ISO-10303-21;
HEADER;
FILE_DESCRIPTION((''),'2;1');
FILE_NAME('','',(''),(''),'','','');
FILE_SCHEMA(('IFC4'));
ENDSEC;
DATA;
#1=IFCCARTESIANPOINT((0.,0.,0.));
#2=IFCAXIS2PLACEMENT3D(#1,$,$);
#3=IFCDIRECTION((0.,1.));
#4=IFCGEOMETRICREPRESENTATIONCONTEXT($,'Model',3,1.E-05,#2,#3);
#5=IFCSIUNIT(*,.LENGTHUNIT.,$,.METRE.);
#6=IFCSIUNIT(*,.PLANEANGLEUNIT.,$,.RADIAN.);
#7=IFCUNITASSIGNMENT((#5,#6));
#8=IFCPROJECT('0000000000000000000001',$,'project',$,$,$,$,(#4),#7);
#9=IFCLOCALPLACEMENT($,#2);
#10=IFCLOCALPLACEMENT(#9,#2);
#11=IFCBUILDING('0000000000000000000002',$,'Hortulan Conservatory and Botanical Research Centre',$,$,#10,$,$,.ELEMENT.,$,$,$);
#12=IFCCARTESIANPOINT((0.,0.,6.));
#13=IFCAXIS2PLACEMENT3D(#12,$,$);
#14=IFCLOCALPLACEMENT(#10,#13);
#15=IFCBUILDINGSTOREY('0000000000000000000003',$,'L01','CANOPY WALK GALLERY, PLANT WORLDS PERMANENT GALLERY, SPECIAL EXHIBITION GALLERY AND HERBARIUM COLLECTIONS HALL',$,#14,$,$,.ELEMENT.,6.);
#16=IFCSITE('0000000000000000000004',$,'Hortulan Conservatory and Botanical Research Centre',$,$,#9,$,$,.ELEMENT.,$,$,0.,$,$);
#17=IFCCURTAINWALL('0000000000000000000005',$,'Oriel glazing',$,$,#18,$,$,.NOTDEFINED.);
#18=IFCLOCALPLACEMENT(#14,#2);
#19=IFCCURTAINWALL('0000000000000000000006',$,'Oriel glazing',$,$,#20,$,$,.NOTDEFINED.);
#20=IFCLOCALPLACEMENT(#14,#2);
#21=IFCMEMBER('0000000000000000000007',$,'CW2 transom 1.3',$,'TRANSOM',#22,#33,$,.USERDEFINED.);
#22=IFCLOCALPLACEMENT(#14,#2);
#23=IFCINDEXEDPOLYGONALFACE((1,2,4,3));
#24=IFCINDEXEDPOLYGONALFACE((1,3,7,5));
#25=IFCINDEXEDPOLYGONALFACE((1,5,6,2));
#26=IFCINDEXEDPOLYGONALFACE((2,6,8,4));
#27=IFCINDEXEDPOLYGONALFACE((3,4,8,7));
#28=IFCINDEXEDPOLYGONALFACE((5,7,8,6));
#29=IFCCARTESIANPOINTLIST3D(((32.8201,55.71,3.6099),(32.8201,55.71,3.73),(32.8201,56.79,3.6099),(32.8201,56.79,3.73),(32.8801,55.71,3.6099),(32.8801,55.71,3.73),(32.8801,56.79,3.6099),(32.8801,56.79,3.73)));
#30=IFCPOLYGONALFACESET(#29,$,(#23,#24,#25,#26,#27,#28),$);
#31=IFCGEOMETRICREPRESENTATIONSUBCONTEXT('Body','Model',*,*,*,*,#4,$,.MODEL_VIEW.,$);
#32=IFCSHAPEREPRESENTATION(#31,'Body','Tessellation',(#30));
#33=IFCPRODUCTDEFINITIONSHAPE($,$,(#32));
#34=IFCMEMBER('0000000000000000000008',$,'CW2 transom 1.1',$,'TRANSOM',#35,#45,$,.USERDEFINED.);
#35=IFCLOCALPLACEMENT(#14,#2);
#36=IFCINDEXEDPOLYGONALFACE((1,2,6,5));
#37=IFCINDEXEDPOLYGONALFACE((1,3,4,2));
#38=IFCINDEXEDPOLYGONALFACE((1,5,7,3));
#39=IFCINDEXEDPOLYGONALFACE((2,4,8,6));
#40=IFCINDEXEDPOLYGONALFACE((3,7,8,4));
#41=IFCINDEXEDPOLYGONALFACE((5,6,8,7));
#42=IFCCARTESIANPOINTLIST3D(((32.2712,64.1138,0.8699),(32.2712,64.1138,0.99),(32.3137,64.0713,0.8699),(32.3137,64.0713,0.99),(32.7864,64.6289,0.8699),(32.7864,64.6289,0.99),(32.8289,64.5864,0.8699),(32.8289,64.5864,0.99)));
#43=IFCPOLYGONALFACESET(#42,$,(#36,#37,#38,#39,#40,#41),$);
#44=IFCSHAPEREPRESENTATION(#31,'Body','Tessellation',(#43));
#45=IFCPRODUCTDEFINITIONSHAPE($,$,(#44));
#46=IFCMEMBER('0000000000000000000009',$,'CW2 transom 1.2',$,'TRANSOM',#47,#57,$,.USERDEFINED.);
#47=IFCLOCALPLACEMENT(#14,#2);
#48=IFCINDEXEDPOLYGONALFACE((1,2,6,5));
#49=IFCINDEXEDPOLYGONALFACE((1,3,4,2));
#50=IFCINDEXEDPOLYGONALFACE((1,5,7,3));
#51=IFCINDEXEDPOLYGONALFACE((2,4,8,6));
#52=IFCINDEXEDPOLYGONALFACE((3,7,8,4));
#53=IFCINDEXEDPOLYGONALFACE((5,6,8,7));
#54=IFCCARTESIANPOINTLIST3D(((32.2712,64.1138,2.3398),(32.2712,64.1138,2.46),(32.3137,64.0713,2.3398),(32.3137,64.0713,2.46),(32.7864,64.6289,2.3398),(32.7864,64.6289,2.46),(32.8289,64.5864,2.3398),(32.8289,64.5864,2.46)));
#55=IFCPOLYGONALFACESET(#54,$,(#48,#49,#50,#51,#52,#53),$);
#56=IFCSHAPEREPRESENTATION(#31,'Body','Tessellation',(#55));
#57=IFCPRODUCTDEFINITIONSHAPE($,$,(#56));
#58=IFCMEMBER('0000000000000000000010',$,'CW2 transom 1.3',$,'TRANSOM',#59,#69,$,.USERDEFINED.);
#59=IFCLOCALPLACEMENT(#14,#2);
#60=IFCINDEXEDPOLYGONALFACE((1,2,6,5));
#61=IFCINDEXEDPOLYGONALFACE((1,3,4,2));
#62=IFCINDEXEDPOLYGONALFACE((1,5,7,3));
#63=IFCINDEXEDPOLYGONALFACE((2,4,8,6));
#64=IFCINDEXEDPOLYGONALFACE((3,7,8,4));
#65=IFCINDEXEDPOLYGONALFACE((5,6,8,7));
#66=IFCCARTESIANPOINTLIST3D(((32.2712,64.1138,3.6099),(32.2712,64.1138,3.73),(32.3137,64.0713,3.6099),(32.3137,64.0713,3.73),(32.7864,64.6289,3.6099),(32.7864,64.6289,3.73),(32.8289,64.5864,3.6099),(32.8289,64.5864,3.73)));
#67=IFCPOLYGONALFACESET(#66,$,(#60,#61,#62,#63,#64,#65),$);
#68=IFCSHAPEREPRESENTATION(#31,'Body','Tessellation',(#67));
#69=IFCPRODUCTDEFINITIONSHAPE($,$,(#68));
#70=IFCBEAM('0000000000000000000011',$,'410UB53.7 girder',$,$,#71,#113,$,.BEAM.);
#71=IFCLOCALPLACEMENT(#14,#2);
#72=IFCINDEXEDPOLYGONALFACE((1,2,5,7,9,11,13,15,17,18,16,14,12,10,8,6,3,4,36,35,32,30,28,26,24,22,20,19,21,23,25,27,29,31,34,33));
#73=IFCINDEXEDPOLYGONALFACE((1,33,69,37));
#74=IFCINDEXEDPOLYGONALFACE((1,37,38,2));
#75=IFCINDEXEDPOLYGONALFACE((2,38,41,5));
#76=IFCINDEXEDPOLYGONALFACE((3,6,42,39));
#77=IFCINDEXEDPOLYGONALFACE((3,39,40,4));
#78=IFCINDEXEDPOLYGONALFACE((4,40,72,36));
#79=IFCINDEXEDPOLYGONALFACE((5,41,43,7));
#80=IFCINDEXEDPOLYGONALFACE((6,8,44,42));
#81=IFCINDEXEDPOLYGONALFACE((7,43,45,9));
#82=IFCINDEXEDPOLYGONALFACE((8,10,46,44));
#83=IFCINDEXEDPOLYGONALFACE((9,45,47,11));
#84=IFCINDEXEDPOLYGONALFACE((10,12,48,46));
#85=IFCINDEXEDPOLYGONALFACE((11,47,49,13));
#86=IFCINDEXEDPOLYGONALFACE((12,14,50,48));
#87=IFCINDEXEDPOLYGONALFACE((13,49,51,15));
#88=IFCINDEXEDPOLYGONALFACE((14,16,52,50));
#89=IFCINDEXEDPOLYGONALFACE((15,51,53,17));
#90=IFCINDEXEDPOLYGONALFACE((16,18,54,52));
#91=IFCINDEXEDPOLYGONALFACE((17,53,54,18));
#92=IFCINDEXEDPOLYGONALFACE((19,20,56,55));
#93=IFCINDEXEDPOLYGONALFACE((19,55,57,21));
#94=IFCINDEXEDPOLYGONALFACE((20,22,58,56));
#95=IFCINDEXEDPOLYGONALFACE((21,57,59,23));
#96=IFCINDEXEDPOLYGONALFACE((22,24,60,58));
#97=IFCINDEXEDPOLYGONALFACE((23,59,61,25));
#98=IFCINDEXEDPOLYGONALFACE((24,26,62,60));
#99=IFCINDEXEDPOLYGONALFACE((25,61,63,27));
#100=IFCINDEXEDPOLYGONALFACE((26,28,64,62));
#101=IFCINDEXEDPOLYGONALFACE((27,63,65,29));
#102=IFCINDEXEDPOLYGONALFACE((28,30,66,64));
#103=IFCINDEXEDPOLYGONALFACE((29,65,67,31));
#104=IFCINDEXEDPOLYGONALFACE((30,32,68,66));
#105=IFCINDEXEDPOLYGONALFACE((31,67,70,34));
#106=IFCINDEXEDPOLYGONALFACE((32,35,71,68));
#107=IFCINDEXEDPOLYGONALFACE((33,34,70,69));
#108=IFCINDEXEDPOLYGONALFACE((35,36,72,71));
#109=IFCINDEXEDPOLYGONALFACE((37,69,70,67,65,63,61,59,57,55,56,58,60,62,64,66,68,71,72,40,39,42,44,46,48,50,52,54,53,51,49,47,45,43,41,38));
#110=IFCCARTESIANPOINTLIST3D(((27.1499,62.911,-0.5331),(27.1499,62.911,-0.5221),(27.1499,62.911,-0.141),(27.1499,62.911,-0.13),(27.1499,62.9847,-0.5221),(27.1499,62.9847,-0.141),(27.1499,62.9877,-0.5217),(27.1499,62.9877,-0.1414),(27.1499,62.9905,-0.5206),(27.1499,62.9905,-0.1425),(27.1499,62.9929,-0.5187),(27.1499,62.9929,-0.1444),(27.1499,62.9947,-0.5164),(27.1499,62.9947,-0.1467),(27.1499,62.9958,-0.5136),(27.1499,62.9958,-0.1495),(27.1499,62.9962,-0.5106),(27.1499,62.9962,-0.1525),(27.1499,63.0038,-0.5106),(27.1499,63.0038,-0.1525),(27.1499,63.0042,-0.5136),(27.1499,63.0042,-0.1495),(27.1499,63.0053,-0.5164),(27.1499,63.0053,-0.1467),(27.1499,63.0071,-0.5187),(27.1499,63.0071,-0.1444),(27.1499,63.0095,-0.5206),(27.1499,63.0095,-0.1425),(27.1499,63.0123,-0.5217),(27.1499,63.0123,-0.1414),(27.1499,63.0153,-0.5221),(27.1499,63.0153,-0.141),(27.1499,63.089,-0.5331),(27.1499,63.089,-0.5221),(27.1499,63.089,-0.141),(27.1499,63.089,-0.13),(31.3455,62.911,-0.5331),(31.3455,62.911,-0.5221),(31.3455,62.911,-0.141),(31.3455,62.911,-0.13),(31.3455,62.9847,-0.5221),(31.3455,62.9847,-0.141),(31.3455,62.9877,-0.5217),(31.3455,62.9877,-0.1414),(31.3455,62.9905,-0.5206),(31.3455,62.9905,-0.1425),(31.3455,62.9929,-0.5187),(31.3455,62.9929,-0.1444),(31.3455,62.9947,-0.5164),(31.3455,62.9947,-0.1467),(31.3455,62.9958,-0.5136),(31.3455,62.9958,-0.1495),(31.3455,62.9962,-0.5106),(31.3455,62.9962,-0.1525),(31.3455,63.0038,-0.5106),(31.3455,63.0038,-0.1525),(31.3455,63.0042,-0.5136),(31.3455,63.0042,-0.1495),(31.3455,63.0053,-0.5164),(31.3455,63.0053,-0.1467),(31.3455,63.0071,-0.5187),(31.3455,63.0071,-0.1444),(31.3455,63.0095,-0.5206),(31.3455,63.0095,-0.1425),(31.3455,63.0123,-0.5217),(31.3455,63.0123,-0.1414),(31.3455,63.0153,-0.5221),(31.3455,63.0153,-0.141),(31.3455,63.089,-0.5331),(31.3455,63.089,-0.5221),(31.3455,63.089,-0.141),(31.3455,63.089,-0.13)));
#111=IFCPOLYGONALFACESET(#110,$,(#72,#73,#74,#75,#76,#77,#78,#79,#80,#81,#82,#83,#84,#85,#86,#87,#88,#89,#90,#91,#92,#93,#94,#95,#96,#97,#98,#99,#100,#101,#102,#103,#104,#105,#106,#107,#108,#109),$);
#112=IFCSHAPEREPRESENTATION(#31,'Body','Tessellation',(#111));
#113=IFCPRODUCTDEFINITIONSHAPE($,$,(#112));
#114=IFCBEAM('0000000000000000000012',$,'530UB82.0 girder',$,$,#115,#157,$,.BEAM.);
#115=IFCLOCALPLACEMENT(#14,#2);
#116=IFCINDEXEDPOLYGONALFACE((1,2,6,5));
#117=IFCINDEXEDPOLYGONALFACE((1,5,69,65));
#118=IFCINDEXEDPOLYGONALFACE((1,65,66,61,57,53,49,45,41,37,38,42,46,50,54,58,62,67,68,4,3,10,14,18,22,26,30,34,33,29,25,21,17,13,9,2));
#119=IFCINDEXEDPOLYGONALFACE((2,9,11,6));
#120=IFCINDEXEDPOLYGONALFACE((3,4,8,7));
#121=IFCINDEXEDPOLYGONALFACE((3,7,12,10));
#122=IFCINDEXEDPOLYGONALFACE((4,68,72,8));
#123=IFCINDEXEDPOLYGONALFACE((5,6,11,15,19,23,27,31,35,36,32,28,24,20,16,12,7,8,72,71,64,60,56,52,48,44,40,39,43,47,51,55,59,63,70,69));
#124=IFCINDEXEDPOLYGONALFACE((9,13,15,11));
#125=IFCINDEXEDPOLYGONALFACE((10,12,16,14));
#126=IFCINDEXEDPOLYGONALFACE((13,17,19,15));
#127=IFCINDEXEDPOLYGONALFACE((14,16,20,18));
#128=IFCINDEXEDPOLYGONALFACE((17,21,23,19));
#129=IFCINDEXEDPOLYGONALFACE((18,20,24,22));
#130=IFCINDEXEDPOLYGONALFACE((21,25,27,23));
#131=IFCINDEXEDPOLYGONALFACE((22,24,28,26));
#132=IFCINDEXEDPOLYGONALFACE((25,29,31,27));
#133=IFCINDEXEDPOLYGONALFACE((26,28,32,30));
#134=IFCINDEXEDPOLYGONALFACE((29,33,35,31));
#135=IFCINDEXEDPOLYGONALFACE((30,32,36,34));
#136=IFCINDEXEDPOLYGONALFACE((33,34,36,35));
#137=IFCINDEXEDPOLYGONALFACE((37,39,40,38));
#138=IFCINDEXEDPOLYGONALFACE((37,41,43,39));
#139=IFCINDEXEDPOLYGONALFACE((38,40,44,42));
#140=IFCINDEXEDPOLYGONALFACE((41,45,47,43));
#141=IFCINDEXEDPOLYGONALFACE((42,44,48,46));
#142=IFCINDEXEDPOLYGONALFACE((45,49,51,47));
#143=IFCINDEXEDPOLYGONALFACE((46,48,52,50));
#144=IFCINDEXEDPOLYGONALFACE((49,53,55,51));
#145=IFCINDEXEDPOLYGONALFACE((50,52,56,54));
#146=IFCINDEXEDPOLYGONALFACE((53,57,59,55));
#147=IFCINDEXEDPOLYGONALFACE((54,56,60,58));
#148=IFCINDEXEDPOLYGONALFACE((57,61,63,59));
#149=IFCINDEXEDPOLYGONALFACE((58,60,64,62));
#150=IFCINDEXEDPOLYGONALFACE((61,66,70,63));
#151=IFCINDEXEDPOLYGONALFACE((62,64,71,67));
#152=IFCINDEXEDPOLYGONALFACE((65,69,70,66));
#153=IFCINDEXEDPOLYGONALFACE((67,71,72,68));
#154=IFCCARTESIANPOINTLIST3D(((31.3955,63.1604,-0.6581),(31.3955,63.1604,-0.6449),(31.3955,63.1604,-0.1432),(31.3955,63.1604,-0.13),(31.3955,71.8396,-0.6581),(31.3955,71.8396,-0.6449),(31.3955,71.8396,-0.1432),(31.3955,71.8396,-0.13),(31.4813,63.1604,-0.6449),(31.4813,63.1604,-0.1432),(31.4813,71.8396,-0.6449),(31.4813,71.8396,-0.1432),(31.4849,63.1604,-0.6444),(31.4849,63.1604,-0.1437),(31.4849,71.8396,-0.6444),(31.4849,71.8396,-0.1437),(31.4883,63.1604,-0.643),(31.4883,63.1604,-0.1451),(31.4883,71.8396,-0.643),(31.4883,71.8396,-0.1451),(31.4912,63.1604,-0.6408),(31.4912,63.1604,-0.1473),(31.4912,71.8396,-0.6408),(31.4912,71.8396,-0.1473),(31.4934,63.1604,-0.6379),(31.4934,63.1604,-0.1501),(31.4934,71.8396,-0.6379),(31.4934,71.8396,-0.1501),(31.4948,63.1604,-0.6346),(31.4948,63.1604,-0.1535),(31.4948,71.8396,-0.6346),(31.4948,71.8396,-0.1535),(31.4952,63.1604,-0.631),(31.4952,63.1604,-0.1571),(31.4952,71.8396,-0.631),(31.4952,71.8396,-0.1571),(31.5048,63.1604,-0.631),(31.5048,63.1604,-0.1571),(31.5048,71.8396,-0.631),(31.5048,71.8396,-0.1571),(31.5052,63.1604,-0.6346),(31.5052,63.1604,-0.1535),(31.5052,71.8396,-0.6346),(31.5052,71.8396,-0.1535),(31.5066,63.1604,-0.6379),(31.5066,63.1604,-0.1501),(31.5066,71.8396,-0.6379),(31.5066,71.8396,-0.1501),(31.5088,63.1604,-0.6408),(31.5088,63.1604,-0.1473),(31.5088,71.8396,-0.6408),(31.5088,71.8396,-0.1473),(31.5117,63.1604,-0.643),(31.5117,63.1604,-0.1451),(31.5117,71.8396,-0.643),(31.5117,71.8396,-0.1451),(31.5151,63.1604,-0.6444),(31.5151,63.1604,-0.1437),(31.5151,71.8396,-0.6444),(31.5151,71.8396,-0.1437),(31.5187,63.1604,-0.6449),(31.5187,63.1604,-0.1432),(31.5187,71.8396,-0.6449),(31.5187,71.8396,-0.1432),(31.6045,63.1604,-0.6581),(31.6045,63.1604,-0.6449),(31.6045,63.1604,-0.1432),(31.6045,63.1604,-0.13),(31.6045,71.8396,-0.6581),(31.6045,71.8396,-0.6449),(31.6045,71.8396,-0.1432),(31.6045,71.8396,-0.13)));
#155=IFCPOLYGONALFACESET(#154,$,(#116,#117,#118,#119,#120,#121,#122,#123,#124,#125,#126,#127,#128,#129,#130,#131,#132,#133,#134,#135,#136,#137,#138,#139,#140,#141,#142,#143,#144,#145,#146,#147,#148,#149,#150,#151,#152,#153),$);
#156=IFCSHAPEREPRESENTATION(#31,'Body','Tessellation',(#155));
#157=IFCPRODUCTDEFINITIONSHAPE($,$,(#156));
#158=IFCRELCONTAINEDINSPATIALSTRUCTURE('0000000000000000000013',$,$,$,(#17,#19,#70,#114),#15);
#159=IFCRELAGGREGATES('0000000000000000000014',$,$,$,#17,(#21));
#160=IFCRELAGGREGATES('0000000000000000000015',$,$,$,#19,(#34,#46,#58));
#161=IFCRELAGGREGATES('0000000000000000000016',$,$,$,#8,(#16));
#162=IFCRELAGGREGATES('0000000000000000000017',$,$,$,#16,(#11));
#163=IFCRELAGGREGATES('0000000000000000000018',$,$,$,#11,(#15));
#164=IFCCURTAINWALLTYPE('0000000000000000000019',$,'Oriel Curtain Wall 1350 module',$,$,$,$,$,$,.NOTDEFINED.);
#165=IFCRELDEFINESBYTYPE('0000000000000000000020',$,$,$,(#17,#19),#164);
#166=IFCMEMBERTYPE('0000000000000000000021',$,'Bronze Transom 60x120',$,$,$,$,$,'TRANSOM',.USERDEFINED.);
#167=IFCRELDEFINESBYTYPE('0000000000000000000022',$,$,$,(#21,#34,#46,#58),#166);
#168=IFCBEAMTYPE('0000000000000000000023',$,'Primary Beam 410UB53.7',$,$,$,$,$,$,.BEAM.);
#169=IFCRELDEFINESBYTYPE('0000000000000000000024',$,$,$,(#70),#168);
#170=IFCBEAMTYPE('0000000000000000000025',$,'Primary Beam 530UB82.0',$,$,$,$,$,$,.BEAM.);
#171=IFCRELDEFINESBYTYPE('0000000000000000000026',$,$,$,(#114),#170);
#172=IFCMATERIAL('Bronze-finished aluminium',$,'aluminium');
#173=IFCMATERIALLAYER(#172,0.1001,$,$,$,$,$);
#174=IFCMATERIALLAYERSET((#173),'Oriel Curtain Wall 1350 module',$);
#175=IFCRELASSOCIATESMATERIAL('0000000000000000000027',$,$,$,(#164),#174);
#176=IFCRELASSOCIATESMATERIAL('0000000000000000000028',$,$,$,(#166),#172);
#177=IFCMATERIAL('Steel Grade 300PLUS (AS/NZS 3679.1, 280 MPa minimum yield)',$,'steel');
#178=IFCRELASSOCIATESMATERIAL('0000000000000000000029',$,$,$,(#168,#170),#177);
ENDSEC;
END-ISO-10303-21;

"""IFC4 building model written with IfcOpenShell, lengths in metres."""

from ifc_helpers import new_model, si_unit, direction, frame, origin, origin_2d, place, context, subcontext, project, spatial, rectangle, i_section, extrude, material, layer, layer_set, material_profile, profile_set, type_object, element, aggregate, save


model = new_model("IFC4")

# Units and contexts
model_context = context("Model", 3, precision=1e-05, world=origin(), true_north=direction((0.0, 1.0)))
body_context = subcontext(model_context, "Body", "Model", "MODEL_VIEW")
ifc_project = project(units=[si_unit("LENGTHUNIT", "METRE"), si_unit("PLANEANGLEUNIT", "RADIAN")], contexts=[model_context])

# Site, building, storey
site_placement = place(None, origin())
site = spatial("IfcSite", under=ifc_project, at=site_placement, Name="Hortulan Conservatory and Botanical Research Centre", CompositionType="ELEMENT", RefElevation=0.0)
building_placement = place(site_placement, origin())
building = spatial("IfcBuilding", under=site, at=building_placement, Name="Hortulan Conservatory and Botanical Research Centre", CompositionType="ELEMENT")
storey_placement = place(building_placement, frame((0.0, 0.0, 6.0)))
storey = spatial("IfcBuildingStorey", under=building, at=storey_placement, Name="L01", Description="CANOPY WALK GALLERY, PLANT WORLDS PERMANENT GALLERY, SPECIAL EXHIBITION GALLERY AND HERBARIUM COLLECTIONS HALL", CompositionType="ELEMENT", Elevation=6.0)

# Shared definitions
ifc_material_1 = material(Name="Steel Grade 300PLUS (AS/NZS 3679.1, 280 MPa minimum yield)", Category="steel")

# Shared definitions
ifc_material_2 = material(Name="Bronze-finished aluminium", Category="aluminium")
ifc_layer_1 = layer(ifc_material_2, 0.1001)
ifc_layer_set_1 = layer_set([ifc_layer_1], Name="Oriel Curtain Wall 1350 module")
curtain_wall_type = type_object("IfcCurtainWallType", Name="Oriel Curtain Wall 1350 module", PredefinedType="NOTDEFINED", material=ifc_layer_set_1)

# Curtain walls
curtain_wall_1_placement = place(storey_placement, origin())
curtain_wall_1 = element("IfcCurtainWall", 1, at=curtain_wall_1_placement, inside=storey, type_object=curtain_wall_type, Name="Oriel glazing", PredefinedType="NOTDEFINED")
curtain_wall_2_placement = place(storey_placement, origin())
curtain_wall_2 = element("IfcCurtainWall", 2, at=curtain_wall_2_placement, inside=storey, type_object=curtain_wall_type, Name="Oriel glazing", PredefinedType="NOTDEFINED")

# Members
ifc_material_profile_1 = material_profile(ifc_material_2, rectangle(XDim=0.0601, YDim=0.1201, at=origin_2d()), Name="Bronze Transom 60x120")
ifc_profile_set_1 = profile_set([ifc_material_profile_1], Name="Bronze-finished aluminium")
member_type_1 = type_object("IfcMemberType", Name="Bronze Transom 60x120", ElementType="TRANSOM", PredefinedType="USERDEFINED", material=ifc_profile_set_1)
member_1_placement = place(storey_placement, frame((32.8501, 56.79, 3.6699), z_axis=(0.0, -1.0, 0.0), x_axis=(1.0, 0.0, 0.0)))
member_1 = element("IfcMember", 3, at=member_1_placement, type_object=member_type_1, Name="CW2 transom 1.3", ObjectType="TRANSOM", PredefinedType="USERDEFINED", context=body_context, shape_type="SweptSolid", body=[
    extrude(rectangle(XDim=0.0601, YDim=0.1201, at=origin_2d()), origin(), (0.0, 0.0, 1.0), 1.0801),
])
aggregate(curtain_wall_1, [member_1])
member_2_placement = place(storey_placement, frame((32.8076, 64.6077, 0.9299), z_axis=(-0.707107, -0.707107, 0.0), x_axis=(0.707107, -0.707107, 0.0)))
member_2 = element("IfcMember", 4, at=member_2_placement, type_object=member_type_1, Name="CW2 transom 1.1", ObjectType="TRANSOM", PredefinedType="USERDEFINED", context=body_context, shape_type="SweptSolid", body=[
    extrude(rectangle(XDim=0.0601, YDim=0.1201, at=origin_2d()), origin(), (0.0, 0.0, 1.0), 0.7285),
])
member_3_placement = place(storey_placement, frame((32.8076, 64.6077, 2.3999), z_axis=(-0.707107, -0.707107, 0.0), x_axis=(0.707107, -0.707107, 0.0)))
member_3 = element("IfcMember", 5, at=member_3_placement, type_object=member_type_1, Name="CW2 transom 1.2", ObjectType="TRANSOM", PredefinedType="USERDEFINED", context=body_context, shape_type="SweptSolid", body=[
    extrude(rectangle(XDim=0.0601, YDim=0.1201, at=origin_2d()), origin(), (0.0, 0.0, 1.0), 0.7285),
])
member_4_placement = place(storey_placement, frame((32.8076, 64.6077, 3.6699), z_axis=(-0.707107, -0.707107, 0.0), x_axis=(0.707107, -0.707107, 0.0)))
member_4 = element("IfcMember", 6, at=member_4_placement, type_object=member_type_1, Name="CW2 transom 1.3", ObjectType="TRANSOM", PredefinedType="USERDEFINED", context=body_context, shape_type="SweptSolid", body=[
    extrude(rectangle(XDim=0.0601, YDim=0.1201, at=origin_2d()), origin(), (0.0, 0.0, 1.0), 0.7285),
])

# Beams
ifc_material_profile_2 = material_profile(ifc_material_1, i_section(OverallWidth=0.178, OverallDepth=0.4031, WebThickness=0.0076, FlangeThickness=0.011, FilletRadius=0.0115, at=origin_2d()), Name="410UB53.7")
ifc_profile_set_2 = profile_set([ifc_material_profile_2], Name="Steel Grade 300PLUS (AS/NZS 3679.1, 280 MPa minimum yield)")
beam_type_1 = type_object("IfcBeamType", Name="Primary Beam 410UB53.7", PredefinedType="BEAM", material=ifc_profile_set_2)
beam_1_placement = place(storey_placement, frame((27.1499, 63.0, -0.3315), z_axis=(1.0, 0.0, 0.0), x_axis=(0.0, 1.0, 0.0)))
element("IfcBeam", 7, at=beam_1_placement, inside=storey, type_object=beam_type_1, Name="410UB53.7 girder", PredefinedType="BEAM", context=body_context, shape_type="SweptSolid", body=[
    extrude(i_section(OverallWidth=0.178, OverallDepth=0.4031, WebThickness=0.0076, FlangeThickness=0.011, FilletRadius=0.0115, at=origin_2d()), origin(), (0.0, 0.0, 1.0), 4.1956),
])
ifc_material_profile_3 = material_profile(ifc_material_1, i_section(OverallWidth=0.209, OverallDepth=0.5281, WebThickness=0.0095, FlangeThickness=0.0132, FilletRadius=0.0139, at=origin_2d()), Name="530UB82.0")
ifc_profile_set_3 = profile_set([ifc_material_profile_3], Name="Steel Grade 300PLUS (AS/NZS 3679.1, 280 MPa minimum yield)")
beam_type_2 = type_object("IfcBeamType", Name="Primary Beam 530UB82.0", PredefinedType="BEAM", material=ifc_profile_set_3)
beam_2_placement = place(storey_placement, frame((31.5, 63.1604, -0.394), z_axis=(0.0, 1.0, 0.0), x_axis=(-1.0, 0.0, 0.0)))
element("IfcBeam", 8, at=beam_2_placement, inside=storey, type_object=beam_type_2, Name="530UB82.0 girder", PredefinedType="BEAM", context=body_context, shape_type="SweptSolid", body=[
    extrude(i_section(OverallWidth=0.209, OverallDepth=0.5281, WebThickness=0.0095, FlangeThickness=0.0132, FilletRadius=0.0139, at=origin_2d()), origin(), (0.0, 0.0, 1.0), 8.6792),
])

aggregate(curtain_wall_2, [member_2, member_3, member_4])

save(model, "model.ifc")
